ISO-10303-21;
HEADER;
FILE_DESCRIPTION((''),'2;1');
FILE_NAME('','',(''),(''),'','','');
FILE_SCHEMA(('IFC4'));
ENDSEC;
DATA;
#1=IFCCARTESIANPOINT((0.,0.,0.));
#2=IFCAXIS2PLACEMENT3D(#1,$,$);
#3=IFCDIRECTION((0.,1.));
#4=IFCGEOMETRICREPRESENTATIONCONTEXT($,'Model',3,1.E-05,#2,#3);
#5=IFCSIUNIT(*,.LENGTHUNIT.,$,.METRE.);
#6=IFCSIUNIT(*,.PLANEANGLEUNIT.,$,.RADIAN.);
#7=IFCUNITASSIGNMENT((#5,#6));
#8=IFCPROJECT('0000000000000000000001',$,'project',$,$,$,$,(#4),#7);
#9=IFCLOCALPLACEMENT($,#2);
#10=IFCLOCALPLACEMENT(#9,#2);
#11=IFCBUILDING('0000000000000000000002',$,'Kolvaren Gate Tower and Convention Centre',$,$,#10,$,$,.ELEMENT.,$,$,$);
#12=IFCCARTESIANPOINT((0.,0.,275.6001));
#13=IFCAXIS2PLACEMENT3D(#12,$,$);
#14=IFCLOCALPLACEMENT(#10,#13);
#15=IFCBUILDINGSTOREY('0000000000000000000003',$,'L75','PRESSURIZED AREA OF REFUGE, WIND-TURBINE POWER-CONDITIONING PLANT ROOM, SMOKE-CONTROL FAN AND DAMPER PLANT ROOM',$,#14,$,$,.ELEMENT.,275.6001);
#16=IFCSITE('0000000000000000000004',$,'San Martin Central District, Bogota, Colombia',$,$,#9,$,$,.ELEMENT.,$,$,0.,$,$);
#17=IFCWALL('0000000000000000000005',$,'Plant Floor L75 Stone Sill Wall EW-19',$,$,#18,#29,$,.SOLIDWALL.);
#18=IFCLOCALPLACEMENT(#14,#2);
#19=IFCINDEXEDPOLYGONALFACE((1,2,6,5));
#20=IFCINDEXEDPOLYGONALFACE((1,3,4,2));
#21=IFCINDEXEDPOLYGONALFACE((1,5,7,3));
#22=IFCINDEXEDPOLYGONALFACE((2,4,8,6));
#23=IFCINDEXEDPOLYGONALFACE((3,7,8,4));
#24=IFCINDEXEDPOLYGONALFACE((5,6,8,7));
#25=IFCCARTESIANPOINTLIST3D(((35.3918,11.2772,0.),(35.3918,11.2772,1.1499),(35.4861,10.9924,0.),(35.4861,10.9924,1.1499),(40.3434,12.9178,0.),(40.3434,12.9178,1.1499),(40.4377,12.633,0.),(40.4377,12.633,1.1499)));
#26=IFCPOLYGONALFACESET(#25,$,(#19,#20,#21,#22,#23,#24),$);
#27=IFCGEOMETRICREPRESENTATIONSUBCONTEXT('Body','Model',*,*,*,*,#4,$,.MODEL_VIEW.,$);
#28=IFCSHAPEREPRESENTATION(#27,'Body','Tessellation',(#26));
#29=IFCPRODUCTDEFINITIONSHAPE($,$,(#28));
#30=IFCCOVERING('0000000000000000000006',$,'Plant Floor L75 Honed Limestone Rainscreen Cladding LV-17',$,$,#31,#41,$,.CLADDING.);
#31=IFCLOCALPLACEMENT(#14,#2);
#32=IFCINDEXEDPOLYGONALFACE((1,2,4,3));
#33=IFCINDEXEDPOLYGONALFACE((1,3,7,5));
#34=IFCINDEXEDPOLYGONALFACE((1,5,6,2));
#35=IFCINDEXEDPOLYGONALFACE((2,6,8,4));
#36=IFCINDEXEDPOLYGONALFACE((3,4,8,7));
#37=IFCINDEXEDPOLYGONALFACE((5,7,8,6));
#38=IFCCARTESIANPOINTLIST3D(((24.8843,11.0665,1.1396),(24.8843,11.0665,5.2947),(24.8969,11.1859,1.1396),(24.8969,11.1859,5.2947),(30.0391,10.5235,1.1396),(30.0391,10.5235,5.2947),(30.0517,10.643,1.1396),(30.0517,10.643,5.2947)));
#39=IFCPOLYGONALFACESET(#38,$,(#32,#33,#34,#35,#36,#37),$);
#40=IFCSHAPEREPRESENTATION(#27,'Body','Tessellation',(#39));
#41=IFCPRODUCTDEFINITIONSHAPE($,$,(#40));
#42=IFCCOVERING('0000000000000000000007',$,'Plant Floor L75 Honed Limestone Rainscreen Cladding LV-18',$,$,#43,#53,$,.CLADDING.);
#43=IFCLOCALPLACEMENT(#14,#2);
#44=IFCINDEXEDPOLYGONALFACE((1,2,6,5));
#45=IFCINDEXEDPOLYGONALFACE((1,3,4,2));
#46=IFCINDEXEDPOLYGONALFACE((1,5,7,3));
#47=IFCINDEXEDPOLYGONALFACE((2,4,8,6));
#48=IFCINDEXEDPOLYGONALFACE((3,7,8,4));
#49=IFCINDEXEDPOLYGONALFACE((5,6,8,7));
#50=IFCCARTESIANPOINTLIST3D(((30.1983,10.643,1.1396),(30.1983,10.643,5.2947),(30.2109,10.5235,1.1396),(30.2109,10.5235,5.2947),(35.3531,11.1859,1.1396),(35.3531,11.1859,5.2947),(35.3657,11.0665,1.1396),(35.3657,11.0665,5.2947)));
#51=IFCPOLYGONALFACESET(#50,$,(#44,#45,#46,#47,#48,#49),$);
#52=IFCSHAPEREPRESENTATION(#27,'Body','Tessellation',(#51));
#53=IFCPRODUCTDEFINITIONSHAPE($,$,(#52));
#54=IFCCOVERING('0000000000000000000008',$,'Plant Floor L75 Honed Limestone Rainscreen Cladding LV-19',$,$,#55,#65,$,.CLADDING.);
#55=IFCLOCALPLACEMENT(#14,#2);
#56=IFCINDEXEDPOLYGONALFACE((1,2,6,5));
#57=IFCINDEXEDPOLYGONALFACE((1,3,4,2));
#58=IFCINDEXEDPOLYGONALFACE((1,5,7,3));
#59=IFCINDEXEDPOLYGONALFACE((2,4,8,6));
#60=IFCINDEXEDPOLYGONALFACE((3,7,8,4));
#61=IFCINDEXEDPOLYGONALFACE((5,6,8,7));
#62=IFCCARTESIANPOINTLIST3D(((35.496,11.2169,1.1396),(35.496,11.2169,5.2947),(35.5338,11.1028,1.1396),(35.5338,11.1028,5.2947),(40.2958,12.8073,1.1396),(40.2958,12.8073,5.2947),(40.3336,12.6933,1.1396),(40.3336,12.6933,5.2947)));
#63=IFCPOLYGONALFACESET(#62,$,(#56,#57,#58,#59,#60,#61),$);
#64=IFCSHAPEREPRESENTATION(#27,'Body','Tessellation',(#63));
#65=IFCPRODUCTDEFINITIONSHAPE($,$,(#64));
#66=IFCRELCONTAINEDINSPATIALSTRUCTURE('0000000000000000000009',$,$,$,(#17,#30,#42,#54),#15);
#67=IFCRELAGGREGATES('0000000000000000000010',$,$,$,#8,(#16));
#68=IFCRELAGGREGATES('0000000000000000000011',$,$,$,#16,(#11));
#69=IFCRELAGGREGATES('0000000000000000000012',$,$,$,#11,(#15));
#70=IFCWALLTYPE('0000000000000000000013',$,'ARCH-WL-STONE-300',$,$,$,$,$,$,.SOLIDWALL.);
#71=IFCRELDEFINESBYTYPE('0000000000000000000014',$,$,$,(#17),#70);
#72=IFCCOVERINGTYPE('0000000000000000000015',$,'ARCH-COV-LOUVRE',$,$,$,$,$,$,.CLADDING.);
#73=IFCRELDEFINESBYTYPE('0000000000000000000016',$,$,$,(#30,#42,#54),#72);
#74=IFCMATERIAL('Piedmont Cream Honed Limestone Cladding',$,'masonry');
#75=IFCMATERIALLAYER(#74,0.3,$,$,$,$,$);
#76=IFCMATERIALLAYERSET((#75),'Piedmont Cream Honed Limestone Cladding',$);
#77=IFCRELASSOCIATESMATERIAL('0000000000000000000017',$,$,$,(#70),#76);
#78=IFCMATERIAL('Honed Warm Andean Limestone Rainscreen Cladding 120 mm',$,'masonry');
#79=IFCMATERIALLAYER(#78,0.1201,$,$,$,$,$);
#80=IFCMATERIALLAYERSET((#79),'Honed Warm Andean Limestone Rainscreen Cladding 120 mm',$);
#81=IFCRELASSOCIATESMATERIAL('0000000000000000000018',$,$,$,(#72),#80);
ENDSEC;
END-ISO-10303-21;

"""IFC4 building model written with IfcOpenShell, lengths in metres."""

from ifc_helpers import new_model, si_unit, direction, frame, frame_2d, origin, origin_2d, place, context, subcontext, project, spatial, rectangle, extrude, material, layer, layer_set, type_object, element, save


model = new_model("IFC4")

# Units and contexts
model_context = context("Model", 3, precision=1e-05, world=origin(), true_north=direction((0.0, 1.0)))
body_context = subcontext(model_context, "Body", "Model", "MODEL_VIEW")
ifc_project = project(units=[si_unit("LENGTHUNIT", "METRE"), si_unit("PLANEANGLEUNIT", "RADIAN")], contexts=[model_context])

# Site, building, storey
site_placement = place(None, origin())
site = spatial("IfcSite", under=ifc_project, at=site_placement, Name="San Martin Central District, Bogota, Colombia", CompositionType="ELEMENT", RefElevation=0.0)
building_placement = place(site_placement, origin())
building = spatial("IfcBuilding", under=site, at=building_placement, Name="Kolvaren Gate Tower and Convention Centre", CompositionType="ELEMENT")
storey_placement = place(building_placement, frame((0.0, 0.0, 275.6001)))
storey = spatial("IfcBuildingStorey", under=building, at=storey_placement, Name="L75", Description="PRESSURIZED AREA OF REFUGE, WIND-TURBINE POWER-CONDITIONING PLANT ROOM, SMOKE-CONTROL FAN AND DAMPER PLANT ROOM", CompositionType="ELEMENT", Elevation=275.6001)

# Wall
ifc_material_1 = material(Name="Piedmont Cream Honed Limestone Cladding", Category="masonry")
ifc_layer_1 = layer(ifc_material_1, 0.3)
ifc_layer_set_1 = layer_set([ifc_layer_1], Name="Piedmont Cream Honed Limestone Cladding")
wall_type_1 = type_object("IfcWallType", Name="ARCH-WL-STONE-300", PredefinedType="SOLIDWALL", material=ifc_layer_set_1)
wall_1_placement = place(storey_placement, frame((35.439, 11.1348, 0.0), z_axis=(0.0, 0.0, 1.0), x_axis=(0.949253, 0.314514, 0.0)))
element("IfcWall", 1, at=wall_1_placement, inside=storey, type_object=wall_type_1, Name="Plant Floor L75 Stone Sill Wall EW-19", PredefinedType="SOLIDWALL", context=body_context, shape_type="SweptSolid", body=[
    extrude(rectangle(XDim=5.2163, YDim=0.3, at=frame_2d((2.6082, 0.0))), origin(), (0.0, 0.0, 1.0), 1.1499),
])

# Coverings
ifc_material_2 = material(Name="Honed Warm Andean Limestone Rainscreen Cladding 120 mm", Category="masonry")
ifc_layer_2 = layer(ifc_material_2, 0.1201)
ifc_layer_set_2 = layer_set([ifc_layer_2], Name="Honed Warm Andean Limestone Rainscreen Cladding 120 mm")
covering_type = type_object("IfcCoveringType", Name="ARCH-COV-LOUVRE", PredefinedType="CLADDING", material=ifc_layer_set_2)
for number, where, z_axis, x_axis, name in (
    (2, (27.468, 10.8547, 1.1396), (0.0, 0.0, 1.0), (0.994499, -0.104749, 0.0), "Plant Floor L75 Honed Limestone Rainscreen Cladding LV-17"),
    (3, (32.782, 10.8547, 1.1396), (0.0, 0.0, 1.0), (0.994499, 0.104749, 0.0), "Plant Floor L75 Honed Limestone Rainscreen Cladding LV-18"),
):
    element("IfcCovering", number, at=place(storey_placement, frame(where, z_axis=z_axis, x_axis=x_axis)), inside=storey, type_object=covering_type, Name=name, PredefinedType="CLADDING", context=body_context, shape_type="SweptSolid", body=[
        extrude(rectangle(XDim=5.1833, YDim=0.1201, at=origin_2d()), origin(), (0.0, 0.0, 1.0), 4.155),
    ])
covering_placement = place(storey_placement, frame((37.9148, 11.9551, 1.1396), z_axis=(0.0, 0.0, 1.0), x_axis=(0.949243, 0.314543, 0.0)))
element("IfcCovering", 4, at=covering_placement, inside=storey, type_object=covering_type, Name="Plant Floor L75 Honed Limestone Rainscreen Cladding LV-19", PredefinedType="CLADDING", context=body_context, shape_type="SweptSolid", body=[
    extrude(rectangle(XDim=5.0564, YDim=0.1201, at=origin_2d()), origin(), (0.0, 0.0, 1.0), 4.155),
])

save(model, "model.ifc")
